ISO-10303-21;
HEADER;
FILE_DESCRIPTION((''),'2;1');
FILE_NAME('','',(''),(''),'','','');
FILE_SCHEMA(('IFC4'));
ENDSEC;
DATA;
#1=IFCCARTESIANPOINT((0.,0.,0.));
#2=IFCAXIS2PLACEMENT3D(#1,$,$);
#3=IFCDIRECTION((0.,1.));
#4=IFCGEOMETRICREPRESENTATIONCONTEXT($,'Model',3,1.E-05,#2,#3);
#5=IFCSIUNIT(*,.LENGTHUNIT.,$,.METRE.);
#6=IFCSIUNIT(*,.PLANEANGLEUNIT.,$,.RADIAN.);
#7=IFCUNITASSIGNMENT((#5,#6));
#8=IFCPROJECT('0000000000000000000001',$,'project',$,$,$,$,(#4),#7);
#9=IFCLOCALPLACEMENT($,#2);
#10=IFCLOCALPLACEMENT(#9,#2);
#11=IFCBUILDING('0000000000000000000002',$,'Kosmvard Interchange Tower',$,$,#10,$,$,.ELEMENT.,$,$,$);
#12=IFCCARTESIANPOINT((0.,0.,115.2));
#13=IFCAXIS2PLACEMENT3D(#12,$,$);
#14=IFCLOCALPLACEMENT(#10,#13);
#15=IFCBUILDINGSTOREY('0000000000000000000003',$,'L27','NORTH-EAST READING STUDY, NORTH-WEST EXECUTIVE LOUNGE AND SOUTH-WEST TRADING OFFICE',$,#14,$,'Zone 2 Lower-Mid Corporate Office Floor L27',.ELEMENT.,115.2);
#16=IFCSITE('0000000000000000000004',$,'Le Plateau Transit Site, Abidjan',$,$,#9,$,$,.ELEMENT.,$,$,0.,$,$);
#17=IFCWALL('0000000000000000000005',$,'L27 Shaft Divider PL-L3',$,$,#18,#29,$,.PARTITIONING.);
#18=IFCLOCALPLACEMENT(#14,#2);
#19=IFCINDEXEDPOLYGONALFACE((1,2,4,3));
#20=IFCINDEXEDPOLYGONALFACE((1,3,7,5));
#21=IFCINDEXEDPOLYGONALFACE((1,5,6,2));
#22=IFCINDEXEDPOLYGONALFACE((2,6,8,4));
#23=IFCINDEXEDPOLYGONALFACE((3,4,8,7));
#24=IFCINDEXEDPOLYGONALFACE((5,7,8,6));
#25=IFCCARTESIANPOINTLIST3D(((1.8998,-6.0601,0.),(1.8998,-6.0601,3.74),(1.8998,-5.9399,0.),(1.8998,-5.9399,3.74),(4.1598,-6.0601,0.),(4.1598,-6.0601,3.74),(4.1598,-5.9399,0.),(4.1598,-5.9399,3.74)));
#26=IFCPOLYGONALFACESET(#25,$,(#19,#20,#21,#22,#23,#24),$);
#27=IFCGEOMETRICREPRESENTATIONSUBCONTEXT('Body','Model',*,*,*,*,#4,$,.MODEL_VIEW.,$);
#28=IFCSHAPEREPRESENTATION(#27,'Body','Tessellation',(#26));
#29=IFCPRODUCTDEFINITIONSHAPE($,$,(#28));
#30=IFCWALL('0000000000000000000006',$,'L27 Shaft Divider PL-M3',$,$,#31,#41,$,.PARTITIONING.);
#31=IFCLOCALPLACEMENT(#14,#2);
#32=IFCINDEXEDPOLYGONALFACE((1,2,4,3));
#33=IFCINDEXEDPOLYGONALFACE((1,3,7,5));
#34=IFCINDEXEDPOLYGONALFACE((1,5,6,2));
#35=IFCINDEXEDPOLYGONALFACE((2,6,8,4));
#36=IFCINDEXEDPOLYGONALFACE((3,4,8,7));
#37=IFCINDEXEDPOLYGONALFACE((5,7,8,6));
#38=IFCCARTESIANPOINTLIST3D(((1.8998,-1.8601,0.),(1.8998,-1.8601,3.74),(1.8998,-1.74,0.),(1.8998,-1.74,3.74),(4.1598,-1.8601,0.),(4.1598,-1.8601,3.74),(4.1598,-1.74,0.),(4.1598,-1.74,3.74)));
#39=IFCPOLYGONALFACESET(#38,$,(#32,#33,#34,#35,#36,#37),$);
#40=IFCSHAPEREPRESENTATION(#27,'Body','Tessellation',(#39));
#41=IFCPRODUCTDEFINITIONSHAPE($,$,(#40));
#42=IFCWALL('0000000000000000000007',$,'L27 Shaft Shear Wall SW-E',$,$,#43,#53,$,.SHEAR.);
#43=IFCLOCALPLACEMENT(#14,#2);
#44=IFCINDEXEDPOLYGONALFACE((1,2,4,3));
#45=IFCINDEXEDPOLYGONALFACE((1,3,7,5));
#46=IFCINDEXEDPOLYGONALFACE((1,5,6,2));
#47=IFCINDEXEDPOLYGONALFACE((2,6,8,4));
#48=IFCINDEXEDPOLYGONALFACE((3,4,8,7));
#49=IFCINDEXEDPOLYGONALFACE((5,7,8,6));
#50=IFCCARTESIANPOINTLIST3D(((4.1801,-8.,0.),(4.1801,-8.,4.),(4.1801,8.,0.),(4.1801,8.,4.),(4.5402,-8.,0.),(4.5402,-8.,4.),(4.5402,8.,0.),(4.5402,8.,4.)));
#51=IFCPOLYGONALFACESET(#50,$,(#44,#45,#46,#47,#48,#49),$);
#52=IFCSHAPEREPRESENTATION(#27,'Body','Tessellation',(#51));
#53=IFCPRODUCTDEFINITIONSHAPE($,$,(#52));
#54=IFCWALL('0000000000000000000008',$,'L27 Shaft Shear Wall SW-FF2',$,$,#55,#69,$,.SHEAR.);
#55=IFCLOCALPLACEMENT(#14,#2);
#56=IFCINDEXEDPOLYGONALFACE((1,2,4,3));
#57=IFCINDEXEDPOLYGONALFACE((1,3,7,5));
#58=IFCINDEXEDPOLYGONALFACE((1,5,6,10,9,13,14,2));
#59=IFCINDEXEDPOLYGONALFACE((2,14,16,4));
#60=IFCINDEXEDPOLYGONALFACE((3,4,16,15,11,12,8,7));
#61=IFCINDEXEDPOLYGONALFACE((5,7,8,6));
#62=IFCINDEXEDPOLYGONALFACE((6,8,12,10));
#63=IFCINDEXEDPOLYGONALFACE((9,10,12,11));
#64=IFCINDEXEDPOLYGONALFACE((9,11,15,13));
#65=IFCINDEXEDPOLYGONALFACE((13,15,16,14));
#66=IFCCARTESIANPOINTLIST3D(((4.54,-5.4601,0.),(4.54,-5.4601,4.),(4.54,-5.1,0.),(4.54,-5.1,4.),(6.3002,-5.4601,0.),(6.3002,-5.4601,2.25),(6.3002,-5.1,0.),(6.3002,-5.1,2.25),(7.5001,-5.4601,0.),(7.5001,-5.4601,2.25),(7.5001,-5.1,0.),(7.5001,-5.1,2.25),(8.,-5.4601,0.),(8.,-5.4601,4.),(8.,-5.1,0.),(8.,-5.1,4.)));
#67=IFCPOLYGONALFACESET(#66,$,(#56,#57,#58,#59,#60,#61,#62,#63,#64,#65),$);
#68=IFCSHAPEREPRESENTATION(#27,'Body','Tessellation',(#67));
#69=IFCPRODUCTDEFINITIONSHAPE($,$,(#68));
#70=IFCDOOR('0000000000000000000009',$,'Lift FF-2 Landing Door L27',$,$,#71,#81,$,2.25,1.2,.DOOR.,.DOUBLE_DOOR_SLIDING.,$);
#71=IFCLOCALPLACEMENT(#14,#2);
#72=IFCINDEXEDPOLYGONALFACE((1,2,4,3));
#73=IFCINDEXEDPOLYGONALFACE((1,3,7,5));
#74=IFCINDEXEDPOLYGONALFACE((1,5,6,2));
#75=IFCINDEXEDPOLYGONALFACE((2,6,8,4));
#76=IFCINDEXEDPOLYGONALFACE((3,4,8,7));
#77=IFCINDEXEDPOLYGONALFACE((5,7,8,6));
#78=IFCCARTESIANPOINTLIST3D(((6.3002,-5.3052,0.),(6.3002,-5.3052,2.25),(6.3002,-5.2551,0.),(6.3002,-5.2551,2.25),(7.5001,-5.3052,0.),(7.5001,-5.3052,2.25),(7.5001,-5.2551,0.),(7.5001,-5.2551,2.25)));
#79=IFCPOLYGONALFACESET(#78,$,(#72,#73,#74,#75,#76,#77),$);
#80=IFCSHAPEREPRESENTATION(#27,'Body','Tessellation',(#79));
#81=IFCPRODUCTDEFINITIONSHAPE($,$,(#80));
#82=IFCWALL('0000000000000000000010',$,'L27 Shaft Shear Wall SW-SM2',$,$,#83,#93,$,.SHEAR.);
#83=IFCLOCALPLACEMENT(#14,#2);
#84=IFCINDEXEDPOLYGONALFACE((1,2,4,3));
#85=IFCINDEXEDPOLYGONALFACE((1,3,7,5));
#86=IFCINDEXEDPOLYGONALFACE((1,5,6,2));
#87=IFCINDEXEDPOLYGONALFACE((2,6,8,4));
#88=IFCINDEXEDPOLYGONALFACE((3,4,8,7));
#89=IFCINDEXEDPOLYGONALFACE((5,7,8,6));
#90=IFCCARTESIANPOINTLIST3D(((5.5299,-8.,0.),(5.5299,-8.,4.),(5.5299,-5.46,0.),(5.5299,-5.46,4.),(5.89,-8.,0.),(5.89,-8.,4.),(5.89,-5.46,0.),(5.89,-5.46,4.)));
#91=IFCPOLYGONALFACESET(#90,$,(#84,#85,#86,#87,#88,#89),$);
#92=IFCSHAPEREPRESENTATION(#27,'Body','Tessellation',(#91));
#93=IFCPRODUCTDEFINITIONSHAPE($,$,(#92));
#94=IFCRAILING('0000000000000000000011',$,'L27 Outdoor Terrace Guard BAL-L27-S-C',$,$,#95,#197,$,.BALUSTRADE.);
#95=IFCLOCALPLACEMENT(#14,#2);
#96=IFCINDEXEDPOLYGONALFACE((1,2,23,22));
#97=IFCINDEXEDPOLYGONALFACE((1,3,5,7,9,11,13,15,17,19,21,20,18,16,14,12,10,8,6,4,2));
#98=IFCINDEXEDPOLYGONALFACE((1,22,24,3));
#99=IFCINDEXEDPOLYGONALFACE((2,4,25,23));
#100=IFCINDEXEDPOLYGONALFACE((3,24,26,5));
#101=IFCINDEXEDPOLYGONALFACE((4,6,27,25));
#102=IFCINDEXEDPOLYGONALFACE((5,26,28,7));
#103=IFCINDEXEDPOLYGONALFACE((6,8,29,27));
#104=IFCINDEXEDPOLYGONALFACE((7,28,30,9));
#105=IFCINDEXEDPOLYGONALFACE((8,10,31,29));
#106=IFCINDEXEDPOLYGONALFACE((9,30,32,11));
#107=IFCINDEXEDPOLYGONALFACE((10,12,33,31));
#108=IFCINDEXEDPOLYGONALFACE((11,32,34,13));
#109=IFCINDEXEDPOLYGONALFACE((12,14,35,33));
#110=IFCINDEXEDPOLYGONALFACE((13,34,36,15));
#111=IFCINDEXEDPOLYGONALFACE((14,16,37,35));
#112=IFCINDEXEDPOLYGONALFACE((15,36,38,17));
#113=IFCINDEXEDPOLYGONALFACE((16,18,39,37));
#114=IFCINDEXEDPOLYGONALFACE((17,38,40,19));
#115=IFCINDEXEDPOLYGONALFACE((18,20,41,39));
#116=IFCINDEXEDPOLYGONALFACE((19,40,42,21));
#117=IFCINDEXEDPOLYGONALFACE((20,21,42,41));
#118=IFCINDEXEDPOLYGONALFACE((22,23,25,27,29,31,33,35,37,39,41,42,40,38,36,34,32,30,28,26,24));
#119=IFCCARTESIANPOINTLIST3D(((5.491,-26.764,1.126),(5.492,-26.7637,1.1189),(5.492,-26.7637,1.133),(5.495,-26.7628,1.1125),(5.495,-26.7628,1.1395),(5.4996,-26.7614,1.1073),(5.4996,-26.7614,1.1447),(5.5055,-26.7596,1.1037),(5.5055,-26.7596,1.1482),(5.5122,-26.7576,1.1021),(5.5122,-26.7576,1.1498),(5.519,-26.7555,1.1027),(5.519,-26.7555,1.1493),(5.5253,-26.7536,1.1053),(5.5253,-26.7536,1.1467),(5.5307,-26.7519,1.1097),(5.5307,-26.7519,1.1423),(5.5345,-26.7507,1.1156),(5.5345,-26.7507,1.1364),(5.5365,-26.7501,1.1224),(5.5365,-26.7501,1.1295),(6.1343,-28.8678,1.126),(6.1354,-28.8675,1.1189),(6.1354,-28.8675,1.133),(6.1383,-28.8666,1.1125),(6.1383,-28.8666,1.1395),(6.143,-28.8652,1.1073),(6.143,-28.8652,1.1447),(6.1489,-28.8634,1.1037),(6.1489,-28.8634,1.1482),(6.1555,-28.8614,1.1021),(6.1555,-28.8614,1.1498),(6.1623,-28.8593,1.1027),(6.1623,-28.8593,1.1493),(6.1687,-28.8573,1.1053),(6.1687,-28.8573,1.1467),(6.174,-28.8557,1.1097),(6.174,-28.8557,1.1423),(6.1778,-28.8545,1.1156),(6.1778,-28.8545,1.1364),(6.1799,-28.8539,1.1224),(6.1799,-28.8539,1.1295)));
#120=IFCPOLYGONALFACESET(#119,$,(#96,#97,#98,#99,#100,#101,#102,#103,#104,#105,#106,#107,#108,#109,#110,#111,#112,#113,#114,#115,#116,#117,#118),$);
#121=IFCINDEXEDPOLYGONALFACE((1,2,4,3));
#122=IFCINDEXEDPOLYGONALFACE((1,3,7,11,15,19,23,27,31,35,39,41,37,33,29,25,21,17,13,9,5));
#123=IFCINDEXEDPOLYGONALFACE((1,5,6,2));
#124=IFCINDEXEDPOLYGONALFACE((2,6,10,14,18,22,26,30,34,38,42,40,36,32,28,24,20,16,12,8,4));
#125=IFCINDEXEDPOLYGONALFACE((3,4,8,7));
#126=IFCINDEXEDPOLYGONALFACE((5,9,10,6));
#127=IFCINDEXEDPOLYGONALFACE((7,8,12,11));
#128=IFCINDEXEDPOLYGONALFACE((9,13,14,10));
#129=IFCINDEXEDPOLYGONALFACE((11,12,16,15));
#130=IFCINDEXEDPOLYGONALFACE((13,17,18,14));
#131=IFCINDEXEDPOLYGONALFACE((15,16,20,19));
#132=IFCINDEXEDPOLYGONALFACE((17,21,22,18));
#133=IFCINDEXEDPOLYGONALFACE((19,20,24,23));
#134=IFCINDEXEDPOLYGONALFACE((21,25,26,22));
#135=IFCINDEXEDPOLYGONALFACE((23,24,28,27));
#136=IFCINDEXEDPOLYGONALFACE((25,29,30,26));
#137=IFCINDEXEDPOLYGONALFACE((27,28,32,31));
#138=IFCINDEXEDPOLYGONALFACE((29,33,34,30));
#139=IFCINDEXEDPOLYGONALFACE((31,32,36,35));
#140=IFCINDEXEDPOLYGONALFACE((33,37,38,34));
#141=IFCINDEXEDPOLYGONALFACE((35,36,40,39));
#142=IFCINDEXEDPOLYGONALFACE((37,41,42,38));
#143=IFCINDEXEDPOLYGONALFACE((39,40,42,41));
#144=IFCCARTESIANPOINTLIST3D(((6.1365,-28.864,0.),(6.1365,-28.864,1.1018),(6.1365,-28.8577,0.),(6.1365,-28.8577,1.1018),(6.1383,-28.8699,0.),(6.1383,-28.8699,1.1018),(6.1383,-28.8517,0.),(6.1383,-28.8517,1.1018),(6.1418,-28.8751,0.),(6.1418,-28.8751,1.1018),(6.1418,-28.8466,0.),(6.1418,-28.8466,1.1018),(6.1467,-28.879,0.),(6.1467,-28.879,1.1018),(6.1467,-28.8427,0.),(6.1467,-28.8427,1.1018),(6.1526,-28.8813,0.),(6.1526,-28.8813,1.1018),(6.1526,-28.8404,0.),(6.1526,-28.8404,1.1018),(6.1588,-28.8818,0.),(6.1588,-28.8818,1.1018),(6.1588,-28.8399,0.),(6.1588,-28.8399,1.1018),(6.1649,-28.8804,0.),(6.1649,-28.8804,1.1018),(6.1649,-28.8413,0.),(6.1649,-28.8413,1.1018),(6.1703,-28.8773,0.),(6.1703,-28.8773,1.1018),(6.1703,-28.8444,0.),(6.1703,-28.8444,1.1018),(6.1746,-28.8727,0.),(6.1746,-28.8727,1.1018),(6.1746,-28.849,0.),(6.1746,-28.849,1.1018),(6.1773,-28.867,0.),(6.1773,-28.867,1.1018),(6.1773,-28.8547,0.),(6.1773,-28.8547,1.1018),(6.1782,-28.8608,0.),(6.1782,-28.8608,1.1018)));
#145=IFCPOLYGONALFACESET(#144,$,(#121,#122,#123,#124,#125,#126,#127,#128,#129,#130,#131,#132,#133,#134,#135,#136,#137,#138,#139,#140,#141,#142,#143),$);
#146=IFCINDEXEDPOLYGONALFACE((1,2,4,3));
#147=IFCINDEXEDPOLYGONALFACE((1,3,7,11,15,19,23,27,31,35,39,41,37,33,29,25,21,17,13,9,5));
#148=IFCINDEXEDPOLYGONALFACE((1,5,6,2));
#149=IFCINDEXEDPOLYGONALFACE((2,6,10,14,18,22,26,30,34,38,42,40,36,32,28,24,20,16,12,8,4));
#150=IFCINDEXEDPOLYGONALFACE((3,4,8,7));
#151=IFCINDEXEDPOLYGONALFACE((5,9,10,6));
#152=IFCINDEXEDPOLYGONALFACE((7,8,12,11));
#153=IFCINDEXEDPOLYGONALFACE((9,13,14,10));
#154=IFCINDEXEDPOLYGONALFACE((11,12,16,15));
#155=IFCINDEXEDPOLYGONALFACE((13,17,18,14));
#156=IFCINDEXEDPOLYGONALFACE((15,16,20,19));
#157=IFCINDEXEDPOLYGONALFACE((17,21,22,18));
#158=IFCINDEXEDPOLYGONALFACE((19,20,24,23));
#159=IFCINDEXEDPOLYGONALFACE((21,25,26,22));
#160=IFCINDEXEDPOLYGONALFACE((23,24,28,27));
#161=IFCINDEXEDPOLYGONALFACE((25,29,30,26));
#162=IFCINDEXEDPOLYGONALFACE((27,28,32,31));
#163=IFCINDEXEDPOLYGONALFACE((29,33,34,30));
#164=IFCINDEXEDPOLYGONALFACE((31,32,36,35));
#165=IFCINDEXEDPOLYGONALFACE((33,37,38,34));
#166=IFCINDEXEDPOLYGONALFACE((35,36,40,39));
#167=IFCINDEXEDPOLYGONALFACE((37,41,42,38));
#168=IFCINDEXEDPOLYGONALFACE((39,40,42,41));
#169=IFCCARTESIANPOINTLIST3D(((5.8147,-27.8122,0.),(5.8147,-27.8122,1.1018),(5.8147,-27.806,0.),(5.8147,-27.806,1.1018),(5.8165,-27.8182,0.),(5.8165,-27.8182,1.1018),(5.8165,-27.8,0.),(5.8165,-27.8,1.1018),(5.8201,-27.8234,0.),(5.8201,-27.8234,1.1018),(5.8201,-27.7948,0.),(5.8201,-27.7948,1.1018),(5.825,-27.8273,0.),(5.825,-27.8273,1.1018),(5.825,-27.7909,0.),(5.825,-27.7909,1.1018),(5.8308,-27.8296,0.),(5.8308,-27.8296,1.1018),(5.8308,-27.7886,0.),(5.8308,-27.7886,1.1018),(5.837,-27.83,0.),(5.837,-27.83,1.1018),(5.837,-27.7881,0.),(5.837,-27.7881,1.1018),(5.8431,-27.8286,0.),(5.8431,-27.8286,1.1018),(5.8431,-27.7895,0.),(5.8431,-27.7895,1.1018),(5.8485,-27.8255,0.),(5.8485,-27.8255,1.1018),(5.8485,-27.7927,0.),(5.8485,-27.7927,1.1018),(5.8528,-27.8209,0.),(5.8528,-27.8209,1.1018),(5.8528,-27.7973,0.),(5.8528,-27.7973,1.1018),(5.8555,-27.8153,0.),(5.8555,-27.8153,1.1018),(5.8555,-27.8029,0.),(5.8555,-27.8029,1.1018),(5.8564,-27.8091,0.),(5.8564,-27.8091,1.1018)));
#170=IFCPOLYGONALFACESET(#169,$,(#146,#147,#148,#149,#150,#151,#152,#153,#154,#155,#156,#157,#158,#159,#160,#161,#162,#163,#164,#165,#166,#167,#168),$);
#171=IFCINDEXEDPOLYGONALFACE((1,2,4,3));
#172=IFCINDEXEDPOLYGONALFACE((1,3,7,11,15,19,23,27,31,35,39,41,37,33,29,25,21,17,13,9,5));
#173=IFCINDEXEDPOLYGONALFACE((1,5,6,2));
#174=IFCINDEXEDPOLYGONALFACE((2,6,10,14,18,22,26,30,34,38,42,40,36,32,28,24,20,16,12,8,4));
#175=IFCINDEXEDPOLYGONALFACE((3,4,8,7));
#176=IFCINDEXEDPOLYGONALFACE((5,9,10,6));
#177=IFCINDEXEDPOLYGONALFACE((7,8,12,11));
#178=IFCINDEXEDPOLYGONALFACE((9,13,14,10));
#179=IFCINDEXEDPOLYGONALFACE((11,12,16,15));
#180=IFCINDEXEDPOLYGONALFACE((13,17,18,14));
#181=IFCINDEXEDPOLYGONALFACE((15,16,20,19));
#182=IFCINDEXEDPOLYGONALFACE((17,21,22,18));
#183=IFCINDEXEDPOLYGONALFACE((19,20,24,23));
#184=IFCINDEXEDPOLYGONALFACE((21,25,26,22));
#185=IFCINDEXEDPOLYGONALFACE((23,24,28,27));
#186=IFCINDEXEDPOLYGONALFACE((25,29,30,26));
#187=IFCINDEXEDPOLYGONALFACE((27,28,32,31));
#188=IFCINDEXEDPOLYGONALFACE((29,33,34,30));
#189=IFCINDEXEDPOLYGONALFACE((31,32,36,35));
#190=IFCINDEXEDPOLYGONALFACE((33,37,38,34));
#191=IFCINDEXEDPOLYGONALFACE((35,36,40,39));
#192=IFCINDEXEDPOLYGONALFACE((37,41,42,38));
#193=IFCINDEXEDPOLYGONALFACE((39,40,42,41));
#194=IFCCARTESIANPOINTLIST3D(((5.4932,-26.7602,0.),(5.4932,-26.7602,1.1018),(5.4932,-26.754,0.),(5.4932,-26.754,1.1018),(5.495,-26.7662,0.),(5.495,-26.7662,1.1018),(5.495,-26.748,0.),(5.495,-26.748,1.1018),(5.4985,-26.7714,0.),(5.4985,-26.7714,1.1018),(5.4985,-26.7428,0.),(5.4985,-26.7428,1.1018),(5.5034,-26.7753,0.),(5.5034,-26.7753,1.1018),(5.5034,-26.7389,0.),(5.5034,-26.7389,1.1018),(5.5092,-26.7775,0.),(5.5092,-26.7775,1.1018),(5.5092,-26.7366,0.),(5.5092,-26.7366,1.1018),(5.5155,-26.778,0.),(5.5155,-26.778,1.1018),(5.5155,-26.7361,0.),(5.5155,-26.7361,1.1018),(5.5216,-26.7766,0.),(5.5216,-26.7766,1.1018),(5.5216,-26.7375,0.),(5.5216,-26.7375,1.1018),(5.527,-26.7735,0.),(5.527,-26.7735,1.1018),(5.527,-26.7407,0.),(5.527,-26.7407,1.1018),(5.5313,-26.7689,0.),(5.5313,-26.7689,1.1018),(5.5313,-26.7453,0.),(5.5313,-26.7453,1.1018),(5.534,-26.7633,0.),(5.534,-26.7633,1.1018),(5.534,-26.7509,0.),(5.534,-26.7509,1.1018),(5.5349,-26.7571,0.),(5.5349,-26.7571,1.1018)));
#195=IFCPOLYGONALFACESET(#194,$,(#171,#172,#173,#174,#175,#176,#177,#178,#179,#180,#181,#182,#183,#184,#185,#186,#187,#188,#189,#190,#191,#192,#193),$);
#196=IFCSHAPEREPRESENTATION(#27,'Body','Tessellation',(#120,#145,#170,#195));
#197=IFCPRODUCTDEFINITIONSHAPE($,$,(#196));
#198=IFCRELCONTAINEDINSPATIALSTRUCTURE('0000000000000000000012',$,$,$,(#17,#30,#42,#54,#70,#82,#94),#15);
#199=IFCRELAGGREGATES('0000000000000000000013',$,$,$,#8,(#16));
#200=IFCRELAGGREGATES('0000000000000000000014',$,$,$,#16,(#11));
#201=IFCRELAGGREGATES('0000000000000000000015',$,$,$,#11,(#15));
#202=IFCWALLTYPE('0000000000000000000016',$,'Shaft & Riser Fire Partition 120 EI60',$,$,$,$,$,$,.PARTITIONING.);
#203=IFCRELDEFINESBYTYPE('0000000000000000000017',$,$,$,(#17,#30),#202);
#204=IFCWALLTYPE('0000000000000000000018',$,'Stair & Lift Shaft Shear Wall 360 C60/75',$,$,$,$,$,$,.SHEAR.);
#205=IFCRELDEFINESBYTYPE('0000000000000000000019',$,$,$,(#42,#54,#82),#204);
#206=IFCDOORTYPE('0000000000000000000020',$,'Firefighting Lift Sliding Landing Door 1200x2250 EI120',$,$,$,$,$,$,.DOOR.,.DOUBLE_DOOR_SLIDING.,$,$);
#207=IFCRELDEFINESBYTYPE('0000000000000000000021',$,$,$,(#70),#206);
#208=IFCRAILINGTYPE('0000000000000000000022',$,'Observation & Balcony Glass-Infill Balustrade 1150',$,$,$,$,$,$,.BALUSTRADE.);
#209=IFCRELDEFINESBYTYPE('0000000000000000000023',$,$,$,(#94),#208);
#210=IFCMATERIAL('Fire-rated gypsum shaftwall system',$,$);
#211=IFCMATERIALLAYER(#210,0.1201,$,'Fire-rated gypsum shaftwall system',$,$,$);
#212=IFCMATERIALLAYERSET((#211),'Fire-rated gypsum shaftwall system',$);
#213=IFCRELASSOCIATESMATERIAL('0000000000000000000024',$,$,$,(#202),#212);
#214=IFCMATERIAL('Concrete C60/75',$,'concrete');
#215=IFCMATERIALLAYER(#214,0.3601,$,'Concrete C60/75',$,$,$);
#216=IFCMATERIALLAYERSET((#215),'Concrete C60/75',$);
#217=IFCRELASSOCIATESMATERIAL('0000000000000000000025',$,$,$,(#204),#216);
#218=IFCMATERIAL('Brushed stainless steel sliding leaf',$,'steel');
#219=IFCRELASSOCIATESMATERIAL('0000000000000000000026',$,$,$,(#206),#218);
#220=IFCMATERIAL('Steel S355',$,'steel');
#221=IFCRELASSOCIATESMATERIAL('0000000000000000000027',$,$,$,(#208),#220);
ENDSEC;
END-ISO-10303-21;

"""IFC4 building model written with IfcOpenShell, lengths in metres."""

from ifc_helpers import new_model, si_unit, direction, frame, frame_2d, origin, origin_2d, place, context, subcontext, project, spatial, rectangle, circle, extrude, source, transform, mapped, material, layer, layer_set, type_object, element, fill, save


model = new_model("IFC4")

# Units and contexts
model_context = context("Model", 3, precision=1e-05, world=origin(), true_north=direction((0.0, 1.0)))
body_context = subcontext(model_context, "Body", "Model", "MODEL_VIEW")
ifc_project = project(units=[si_unit("LENGTHUNIT", "METRE"), si_unit("PLANEANGLEUNIT", "RADIAN")], contexts=[model_context])

# Site, building, storey
site_placement = place(None, origin())
site = spatial("IfcSite", under=ifc_project, at=site_placement, Name="Le Plateau Transit Site, Abidjan", CompositionType="ELEMENT", RefElevation=0.0)
building_placement = place(site_placement, origin())
building = spatial("IfcBuilding", under=site, at=building_placement, Name="Kosmvard Interchange Tower", CompositionType="ELEMENT")
storey_placement = place(building_placement, frame((0.0, 0.0, 115.2)))
storey = spatial("IfcBuildingStorey", under=building, at=storey_placement, Name="L27", Description="NORTH-EAST READING STUDY, NORTH-WEST EXECUTIVE LOUNGE AND SOUTH-WEST TRADING OFFICE", LongName="Zone 2 Lower-Mid Corporate Office Floor L27", CompositionType="ELEMENT", Elevation=115.2)

# Shared definitions
ifc_material_1 = material(Name="Concrete C60/75", Category="concrete")

# Shared definitions
ifc_material_2 = material(Name="Steel S355", Category="steel")

# Shared definitions
ifc_material_3 = material(Name="Brushed stainless steel sliding leaf", Category="steel")

# Walls
ifc_material_4 = material(Name="Fire-rated gypsum shaftwall system")
ifc_layer_1 = layer(ifc_material_4, 0.1201, Name="Fire-rated gypsum shaftwall system")
ifc_layer_set_1 = layer_set([ifc_layer_1], Name="Fire-rated gypsum shaftwall system")
wall_type_1 = type_object("IfcWallType", Name="Shaft & Riser Fire Partition 120 EI60", PredefinedType="PARTITIONING", material=ifc_layer_set_1)
for number, where, z_axis, x_axis, name in (
    (1, (1.8999, -6.0, 0.0), (0.0, 0.0, 1.0), (1.0, 0.0, 0.0), "L27 Shaft Divider PL-L3"),
    (2, (1.8999, -1.8, 0.0), (0.0, 0.0, 1.0), (1.0, 0.0, 0.0), "L27 Shaft Divider PL-M3"),
):
    element("IfcWall", number, at=place(storey_placement, frame(where, z_axis=z_axis, x_axis=x_axis)), inside=storey, type_object=wall_type_1, Name=name, PredefinedType="PARTITIONING", context=body_context, shape_type="SweptSolid", body=[
        extrude(rectangle(XDim=2.26, YDim=0.1201, at=frame_2d((1.1299, 0.0))), origin(), (0.0, 0.0, 1.0), 3.74),
    ])
ifc_layer_2 = layer(ifc_material_1, 0.3601, Name="Concrete C60/75")
ifc_layer_set_2 = layer_set([ifc_layer_2], Name="Concrete C60/75")
wall_type_2 = type_object("IfcWallType", Name="Stair & Lift Shaft Shear Wall 360 C60/75", PredefinedType="SHEAR", material=ifc_layer_set_2)
wall_1_placement = place(storey_placement, frame((4.3601, -8.0, 0.0), z_axis=(0.0, 0.0, 1.0), x_axis=(0.0, 1.0, 0.0)))
element("IfcWall", 3, at=wall_1_placement, inside=storey, type_object=wall_type_2, Name="L27 Shaft Shear Wall SW-E", PredefinedType="SHEAR", context=body_context, shape_type="SweptSolid", body=[
    extrude(rectangle(XDim=16.0, YDim=0.3601, at=frame_2d((8.0, 0.0))), origin(), (0.0, 0.0, 1.0), 4.0),
])

# Wall, opening, door
wall_2_placement = place(storey_placement, frame((4.54, -5.28, 0.0), z_axis=(0.0, 0.0, 1.0), x_axis=(1.0, 0.0, 0.0)))
wall_2 = element("IfcWall", 4, at=wall_2_placement, inside=storey, type_object=wall_type_2, Name="L27 Shaft Shear Wall SW-FF2", PredefinedType="SHEAR", context=body_context, shape_type="SweptSolid", body=[
    extrude(rectangle(XDim=3.46, YDim=0.3601, at=frame_2d((1.73, 0.0))), origin(), (0.0, 0.0, 1.0), 4.0),
])
opening_1_placement = place(wall_2_placement, frame((1.76, 0.0, 0.0)))
opening_1 = element("IfcOpeningElement", 5, at=opening_1_placement, cuts=wall_2, PredefinedType="OPENING", context=body_context, shape_type="SweptSolid", body=[
    extrude(rectangle(XDim=1.2, YDim=2.25, at=frame_2d((0.6001, 1.125))), frame((0.0, 0.1899, 0.0), z_axis=(0.0, -1.0, 0.0), x_axis=(1.0, 0.0, 0.0)), (0.0, 0.0, 1.0), 0.3801),
])
door_type_1 = type_object("IfcDoorType", Name="Firefighting Lift Sliding Landing Door 1200x2250 EI120", OperationType="DOUBLE_DOOR_SLIDING", PredefinedType="DOOR", material=ifc_material_3)
shared_shape_1 = source(origin(), body_context, "Body", "SweptSolid", [
    extrude(rectangle(XDim=1.2, YDim=2.25, at=frame_2d((0.6001, 1.125))), frame((0.0, 0.0249, 0.0), z_axis=(0.0, -1.0, 0.0), x_axis=(1.0, 0.0, 0.0)), (0.0, 0.0, 1.0), 0.05),
])
door_1_placement = place(opening_1_placement, origin())
door_1 = element("IfcDoor", 6, at=door_1_placement, inside=storey, type_object=door_type_1, Name="Lift FF-2 Landing Door L27", OperationType="DOUBLE_DOOR_SLIDING", OverallHeight=2.25, OverallWidth=1.2, PredefinedType="DOOR", context=body_context, shape_type="MappedRepresentation", body=[
    mapped(shared_shape_1, transform((0.0, 0.0, 0.0), scale=1.0)),
])
fill(opening_1, door_1)

# Wall
wall_3_placement = place(storey_placement, frame((5.71, -8.0, 0.0), z_axis=(0.0, 0.0, 1.0), x_axis=(0.0, 1.0, 0.0)))
element("IfcWall", 7, at=wall_3_placement, inside=storey, type_object=wall_type_2, Name="L27 Shaft Shear Wall SW-SM2", PredefinedType="SHEAR", context=body_context, shape_type="SweptSolid", body=[
    extrude(rectangle(XDim=2.54, YDim=0.3601, at=frame_2d((1.27, 0.0))), origin(), (0.0, 0.0, 1.0), 4.0),
])

# Railing
railing_type = type_object("IfcRailingType", Name="Observation & Balcony Glass-Infill Balustrade 1150", PredefinedType="BALUSTRADE", material=ifc_material_2)
shared_shape_2 = source(origin(), body_context, "Body", "SweptSolid", [
    extrude(circle(Radius=0.0239, at=origin_2d()), frame((0.0, 0.0, 1.126), z_axis=(-0.292424, 0.956289, 0.0), x_axis=(-0.956289, -0.292424, 0.0)), (0.0, 0.0, 1.0), 2.2),
    extrude(circle(Radius=0.021, at=origin_2d()), origin(), (0.0, 0.0, 1.0), 1.1018),
    extrude(circle(Radius=0.021, at=origin_2d()), frame((-0.3218, 1.0518, 0.0)), (0.0, 0.0, 1.0), 1.1018),
    extrude(circle(Radius=0.021, at=origin_2d()), frame((-0.6433, 2.1038, 0.0)), (0.0, 0.0, 1.0), 1.1018),
])
railing_1_placement = place(storey_placement, frame((6.1572, -28.8608, 0.0)))
element("IfcRailing", 8, at=railing_1_placement, inside=storey, type_object=railing_type, Name="L27 Outdoor Terrace Guard BAL-L27-S-C", PredefinedType="BALUSTRADE", context=body_context, shape_type="MappedRepresentation", body=[
    mapped(shared_shape_2, transform((0.0, 0.0, 0.0), scale=1.0)),
])

save(model, "model.ifc")
